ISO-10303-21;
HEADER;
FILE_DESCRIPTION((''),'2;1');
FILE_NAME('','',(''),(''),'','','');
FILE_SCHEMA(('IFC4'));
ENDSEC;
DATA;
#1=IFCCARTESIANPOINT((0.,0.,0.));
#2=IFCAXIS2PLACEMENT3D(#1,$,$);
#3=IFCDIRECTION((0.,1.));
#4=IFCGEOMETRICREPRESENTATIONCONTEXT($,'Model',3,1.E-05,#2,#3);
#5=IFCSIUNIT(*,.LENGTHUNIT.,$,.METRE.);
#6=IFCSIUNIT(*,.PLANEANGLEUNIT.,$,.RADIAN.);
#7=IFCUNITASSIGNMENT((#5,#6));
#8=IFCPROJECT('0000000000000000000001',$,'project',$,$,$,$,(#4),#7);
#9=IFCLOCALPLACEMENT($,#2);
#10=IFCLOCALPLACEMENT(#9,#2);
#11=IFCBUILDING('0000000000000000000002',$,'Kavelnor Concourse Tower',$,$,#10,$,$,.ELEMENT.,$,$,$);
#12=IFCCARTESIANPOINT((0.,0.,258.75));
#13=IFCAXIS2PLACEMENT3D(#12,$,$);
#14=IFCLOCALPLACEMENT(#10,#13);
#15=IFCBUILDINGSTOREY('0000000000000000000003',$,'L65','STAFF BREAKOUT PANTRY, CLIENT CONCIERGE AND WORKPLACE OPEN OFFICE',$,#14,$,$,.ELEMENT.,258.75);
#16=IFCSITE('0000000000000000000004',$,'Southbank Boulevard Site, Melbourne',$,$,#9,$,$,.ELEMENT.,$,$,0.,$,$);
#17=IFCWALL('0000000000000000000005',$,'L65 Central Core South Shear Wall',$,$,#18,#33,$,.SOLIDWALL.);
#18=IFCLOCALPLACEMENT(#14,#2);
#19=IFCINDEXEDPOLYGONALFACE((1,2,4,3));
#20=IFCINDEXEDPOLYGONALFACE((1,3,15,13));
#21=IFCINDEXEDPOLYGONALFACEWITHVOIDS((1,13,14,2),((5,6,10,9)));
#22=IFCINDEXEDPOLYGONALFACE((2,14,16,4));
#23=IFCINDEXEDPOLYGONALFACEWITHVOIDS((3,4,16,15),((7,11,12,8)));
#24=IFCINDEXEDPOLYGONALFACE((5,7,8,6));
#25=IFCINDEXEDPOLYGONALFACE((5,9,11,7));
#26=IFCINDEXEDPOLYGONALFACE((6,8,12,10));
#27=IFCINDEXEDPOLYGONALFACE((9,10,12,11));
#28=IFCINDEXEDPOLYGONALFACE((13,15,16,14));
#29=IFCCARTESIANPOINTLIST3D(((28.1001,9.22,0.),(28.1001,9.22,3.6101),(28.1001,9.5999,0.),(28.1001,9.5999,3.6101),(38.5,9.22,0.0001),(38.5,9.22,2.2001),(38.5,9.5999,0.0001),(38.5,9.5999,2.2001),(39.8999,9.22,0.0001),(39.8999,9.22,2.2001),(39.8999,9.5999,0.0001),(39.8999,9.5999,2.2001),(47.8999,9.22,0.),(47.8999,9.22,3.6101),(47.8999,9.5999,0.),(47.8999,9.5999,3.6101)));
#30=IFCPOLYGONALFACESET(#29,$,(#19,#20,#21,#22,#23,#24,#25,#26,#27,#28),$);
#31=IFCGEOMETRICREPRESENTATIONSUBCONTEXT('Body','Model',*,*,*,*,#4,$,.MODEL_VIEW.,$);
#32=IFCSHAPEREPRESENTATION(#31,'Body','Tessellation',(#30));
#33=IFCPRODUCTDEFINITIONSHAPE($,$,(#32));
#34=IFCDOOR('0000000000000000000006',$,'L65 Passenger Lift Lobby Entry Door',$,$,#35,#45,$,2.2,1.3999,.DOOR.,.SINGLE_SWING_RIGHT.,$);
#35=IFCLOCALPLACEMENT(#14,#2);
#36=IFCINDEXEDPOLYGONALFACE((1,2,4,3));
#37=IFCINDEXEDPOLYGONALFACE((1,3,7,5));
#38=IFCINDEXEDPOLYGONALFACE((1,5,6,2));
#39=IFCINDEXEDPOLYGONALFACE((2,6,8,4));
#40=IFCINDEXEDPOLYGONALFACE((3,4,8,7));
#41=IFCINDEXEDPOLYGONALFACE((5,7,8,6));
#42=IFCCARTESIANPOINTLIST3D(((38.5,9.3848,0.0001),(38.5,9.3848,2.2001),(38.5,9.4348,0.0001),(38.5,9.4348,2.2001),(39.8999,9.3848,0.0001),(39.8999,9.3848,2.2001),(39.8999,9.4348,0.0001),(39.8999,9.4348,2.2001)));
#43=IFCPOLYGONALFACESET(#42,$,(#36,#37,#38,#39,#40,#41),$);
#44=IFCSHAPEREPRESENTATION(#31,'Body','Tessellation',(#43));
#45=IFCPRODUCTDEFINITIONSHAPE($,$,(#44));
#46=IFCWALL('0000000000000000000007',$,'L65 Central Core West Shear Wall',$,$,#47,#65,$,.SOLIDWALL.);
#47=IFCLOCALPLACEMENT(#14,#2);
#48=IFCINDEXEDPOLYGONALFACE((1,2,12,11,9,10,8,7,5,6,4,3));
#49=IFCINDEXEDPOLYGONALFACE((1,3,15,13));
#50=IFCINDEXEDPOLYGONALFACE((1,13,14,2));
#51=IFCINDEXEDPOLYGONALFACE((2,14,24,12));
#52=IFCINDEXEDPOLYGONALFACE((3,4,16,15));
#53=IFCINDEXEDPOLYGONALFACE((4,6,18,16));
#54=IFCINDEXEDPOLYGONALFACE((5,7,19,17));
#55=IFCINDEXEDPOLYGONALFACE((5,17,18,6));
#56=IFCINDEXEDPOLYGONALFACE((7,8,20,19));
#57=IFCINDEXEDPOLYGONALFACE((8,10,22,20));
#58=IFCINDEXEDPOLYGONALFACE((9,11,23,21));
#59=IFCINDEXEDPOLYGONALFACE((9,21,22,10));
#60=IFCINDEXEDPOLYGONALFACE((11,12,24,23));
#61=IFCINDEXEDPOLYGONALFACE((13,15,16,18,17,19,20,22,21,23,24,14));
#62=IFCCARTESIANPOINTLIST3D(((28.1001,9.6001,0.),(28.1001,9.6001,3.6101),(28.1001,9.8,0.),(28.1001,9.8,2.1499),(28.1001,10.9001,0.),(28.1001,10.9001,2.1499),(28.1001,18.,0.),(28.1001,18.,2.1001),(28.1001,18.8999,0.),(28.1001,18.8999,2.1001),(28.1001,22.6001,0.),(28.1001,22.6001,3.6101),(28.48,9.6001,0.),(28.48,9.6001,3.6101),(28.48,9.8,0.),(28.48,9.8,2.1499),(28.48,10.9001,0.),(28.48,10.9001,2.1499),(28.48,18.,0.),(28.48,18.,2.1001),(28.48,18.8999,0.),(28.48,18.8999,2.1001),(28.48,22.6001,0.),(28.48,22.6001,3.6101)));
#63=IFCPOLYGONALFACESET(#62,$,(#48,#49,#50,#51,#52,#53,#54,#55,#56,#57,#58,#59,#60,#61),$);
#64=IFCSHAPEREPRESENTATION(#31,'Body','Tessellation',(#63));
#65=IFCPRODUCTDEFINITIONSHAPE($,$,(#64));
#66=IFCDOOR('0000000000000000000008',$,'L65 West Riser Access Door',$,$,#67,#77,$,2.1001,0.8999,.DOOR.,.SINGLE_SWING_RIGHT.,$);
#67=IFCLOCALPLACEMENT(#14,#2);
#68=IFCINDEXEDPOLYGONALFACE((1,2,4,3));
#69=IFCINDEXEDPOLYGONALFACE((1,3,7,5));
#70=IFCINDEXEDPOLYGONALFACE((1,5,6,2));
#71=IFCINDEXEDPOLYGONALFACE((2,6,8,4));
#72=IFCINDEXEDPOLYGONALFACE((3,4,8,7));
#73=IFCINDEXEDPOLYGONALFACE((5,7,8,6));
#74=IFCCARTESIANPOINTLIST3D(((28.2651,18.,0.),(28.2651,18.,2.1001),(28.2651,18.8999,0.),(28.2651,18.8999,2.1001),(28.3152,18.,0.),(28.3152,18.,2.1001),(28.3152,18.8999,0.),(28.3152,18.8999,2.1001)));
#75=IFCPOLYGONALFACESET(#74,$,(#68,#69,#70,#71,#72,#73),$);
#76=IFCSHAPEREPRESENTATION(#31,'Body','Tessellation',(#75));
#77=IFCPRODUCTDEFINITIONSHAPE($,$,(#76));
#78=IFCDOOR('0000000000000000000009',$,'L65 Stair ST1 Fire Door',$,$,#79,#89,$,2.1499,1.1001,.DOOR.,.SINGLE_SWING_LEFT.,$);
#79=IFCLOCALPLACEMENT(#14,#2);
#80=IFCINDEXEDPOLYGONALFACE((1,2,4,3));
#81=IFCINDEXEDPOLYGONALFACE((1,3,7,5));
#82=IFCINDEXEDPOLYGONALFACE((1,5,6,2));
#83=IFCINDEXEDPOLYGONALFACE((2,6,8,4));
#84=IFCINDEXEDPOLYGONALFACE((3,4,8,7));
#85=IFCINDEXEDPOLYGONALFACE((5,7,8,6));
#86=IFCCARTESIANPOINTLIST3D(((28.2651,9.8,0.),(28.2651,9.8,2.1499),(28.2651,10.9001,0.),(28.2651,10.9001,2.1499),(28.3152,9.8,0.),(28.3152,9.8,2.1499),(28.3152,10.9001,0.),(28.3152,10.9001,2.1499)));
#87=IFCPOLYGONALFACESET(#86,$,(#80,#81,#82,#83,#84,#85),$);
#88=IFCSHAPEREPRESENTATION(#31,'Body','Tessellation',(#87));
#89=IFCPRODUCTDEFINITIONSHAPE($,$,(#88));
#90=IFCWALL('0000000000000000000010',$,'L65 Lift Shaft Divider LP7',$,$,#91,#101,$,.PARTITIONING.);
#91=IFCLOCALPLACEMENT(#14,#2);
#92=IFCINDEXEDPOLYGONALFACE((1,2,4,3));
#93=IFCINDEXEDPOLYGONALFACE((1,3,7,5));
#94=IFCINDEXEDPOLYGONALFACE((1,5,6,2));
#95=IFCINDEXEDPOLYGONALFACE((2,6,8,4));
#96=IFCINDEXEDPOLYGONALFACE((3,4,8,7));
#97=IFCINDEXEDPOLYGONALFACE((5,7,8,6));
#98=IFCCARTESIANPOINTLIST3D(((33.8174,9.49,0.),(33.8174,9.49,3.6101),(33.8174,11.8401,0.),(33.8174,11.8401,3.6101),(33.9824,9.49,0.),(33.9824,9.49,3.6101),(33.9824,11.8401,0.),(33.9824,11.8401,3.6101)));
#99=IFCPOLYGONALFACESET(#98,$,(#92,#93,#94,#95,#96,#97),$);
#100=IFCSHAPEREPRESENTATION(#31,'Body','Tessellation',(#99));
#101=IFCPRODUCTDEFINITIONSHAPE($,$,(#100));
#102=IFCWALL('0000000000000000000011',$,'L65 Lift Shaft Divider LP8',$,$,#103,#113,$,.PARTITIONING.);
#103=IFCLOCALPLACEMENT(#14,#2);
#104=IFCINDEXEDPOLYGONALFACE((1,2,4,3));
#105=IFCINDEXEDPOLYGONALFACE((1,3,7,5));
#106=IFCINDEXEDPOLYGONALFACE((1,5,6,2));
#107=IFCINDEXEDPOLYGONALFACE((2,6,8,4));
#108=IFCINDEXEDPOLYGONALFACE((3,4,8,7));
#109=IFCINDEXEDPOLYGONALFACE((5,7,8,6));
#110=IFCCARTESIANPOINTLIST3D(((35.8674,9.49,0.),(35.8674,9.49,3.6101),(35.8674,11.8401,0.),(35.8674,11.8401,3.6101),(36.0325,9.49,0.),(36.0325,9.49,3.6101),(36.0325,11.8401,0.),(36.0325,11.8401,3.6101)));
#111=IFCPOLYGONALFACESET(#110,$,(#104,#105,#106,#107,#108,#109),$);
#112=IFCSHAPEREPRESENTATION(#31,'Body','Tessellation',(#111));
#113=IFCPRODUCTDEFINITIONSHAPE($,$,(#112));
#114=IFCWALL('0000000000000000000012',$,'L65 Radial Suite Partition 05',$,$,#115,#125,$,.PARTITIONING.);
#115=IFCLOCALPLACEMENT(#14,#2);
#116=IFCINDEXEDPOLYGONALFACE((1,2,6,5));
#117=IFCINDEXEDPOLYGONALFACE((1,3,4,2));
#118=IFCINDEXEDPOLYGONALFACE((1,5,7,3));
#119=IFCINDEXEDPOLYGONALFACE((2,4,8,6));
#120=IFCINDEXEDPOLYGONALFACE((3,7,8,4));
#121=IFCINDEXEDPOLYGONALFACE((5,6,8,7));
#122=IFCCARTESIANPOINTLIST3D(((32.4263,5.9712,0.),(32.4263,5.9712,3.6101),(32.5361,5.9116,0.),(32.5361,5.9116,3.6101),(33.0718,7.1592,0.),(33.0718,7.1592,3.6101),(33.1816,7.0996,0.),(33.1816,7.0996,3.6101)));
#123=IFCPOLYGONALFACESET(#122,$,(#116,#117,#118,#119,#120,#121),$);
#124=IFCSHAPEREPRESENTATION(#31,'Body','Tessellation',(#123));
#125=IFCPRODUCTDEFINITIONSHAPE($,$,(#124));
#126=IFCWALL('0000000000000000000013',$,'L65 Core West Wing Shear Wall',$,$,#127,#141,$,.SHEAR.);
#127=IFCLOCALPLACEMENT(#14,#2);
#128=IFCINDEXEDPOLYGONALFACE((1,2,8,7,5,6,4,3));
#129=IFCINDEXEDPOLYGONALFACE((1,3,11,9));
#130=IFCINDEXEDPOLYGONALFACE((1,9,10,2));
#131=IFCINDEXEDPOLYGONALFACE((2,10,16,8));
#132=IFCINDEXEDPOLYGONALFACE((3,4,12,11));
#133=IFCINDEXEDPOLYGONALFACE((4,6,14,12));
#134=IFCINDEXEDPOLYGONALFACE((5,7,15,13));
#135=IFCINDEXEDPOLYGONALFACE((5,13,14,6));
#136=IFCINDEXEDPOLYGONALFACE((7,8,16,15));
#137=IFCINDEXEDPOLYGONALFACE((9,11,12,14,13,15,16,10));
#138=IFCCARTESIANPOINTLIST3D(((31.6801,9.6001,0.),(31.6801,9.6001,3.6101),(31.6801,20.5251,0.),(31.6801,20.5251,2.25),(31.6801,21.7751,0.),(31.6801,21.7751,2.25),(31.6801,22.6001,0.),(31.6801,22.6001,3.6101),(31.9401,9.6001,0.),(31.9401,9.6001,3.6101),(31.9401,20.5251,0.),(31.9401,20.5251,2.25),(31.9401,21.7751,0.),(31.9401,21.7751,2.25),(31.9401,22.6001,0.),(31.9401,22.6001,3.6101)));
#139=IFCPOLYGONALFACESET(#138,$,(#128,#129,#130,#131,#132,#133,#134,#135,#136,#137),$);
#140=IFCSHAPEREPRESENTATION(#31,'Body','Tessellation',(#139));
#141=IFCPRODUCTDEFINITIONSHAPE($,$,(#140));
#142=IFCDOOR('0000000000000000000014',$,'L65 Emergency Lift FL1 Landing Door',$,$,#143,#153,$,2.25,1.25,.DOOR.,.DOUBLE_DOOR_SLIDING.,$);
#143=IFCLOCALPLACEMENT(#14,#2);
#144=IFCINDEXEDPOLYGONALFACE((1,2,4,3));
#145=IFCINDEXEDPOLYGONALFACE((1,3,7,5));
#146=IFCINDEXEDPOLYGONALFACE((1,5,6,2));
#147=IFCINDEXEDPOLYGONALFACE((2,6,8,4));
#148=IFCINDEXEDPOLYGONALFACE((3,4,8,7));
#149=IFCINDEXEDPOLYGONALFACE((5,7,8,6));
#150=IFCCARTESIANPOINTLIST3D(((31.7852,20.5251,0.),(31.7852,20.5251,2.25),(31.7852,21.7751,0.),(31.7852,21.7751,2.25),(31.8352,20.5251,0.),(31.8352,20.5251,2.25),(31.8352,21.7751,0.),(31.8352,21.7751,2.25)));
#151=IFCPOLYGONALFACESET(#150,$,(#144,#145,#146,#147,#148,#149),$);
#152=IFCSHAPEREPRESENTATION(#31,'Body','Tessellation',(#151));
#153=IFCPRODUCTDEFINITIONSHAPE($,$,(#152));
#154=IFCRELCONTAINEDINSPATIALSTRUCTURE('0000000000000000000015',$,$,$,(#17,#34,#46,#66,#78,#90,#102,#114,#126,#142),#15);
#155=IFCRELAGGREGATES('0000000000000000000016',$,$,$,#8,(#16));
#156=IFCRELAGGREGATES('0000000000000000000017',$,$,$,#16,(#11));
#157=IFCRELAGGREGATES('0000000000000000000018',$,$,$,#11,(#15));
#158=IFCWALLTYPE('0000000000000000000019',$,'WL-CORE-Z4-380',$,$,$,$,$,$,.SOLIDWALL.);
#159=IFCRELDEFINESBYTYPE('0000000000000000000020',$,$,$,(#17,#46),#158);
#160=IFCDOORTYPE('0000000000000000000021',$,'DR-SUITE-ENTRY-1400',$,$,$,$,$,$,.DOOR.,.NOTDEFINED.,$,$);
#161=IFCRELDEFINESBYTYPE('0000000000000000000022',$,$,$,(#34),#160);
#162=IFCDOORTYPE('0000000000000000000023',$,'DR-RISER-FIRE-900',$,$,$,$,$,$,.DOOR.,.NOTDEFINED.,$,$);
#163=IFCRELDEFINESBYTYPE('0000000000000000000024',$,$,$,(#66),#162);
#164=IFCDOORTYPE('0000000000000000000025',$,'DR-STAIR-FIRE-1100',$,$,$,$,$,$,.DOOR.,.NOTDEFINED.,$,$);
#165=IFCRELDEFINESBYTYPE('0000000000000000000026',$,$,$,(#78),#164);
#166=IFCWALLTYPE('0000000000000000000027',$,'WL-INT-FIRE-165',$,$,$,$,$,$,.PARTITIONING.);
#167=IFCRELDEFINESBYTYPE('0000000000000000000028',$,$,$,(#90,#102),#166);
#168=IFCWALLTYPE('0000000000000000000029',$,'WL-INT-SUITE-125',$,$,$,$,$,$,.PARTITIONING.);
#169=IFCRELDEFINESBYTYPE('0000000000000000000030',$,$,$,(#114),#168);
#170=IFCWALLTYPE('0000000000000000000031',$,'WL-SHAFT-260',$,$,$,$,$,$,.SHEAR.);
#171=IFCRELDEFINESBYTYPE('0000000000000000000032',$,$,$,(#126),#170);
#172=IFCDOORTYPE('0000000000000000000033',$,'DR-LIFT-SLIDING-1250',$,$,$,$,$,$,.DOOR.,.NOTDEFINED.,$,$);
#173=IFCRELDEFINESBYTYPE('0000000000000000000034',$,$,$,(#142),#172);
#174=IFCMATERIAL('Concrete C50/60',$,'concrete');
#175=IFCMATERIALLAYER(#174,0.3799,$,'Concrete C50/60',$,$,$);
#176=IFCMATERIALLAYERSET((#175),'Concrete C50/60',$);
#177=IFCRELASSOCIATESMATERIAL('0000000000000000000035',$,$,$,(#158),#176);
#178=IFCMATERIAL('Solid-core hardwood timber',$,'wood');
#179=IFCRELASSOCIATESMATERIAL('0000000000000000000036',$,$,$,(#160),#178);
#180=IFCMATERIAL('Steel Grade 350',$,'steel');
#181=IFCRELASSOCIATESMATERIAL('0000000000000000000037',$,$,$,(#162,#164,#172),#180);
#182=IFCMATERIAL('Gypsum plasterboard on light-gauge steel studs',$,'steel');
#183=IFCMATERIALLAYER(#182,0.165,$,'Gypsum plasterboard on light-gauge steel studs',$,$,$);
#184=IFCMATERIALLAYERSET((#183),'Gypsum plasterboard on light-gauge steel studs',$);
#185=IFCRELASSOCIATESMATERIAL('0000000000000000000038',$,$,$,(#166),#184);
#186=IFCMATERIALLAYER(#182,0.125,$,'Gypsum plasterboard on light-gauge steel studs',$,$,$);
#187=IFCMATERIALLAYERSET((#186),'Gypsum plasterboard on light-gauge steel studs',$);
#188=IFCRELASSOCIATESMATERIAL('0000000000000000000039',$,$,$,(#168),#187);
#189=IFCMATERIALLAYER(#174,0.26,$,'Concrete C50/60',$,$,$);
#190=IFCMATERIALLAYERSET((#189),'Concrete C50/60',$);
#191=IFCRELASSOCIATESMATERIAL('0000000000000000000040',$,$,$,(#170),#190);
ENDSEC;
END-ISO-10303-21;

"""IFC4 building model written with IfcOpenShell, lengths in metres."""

from ifc_helpers import new_model, si_unit, direction, frame, frame_2d, origin, place, context, subcontext, project, spatial, rectangle, extrude, material, layer, layer_set, type_object, element, fill, save


model = new_model("IFC4")

# Units and contexts
model_context = context("Model", 3, precision=1e-05, world=origin(), true_north=direction((0.0, 1.0)))
body_context = subcontext(model_context, "Body", "Model", "MODEL_VIEW")
ifc_project = project(units=[si_unit("LENGTHUNIT", "METRE"), si_unit("PLANEANGLEUNIT", "RADIAN")], contexts=[model_context])

# Site, building, storey
site_placement = place(None, origin())
site = spatial("IfcSite", under=ifc_project, at=site_placement, Name="Southbank Boulevard Site, Melbourne", CompositionType="ELEMENT", RefElevation=0.0)
building_placement = place(site_placement, origin())
building = spatial("IfcBuilding", under=site, at=building_placement, Name="Kavelnor Concourse Tower", CompositionType="ELEMENT")
storey_placement = place(building_placement, frame((0.0, 0.0, 258.75)))
storey = spatial("IfcBuildingStorey", under=building, at=storey_placement, Name="L65", Description="STAFF BREAKOUT PANTRY, CLIENT CONCIERGE AND WORKPLACE OPEN OFFICE", CompositionType="ELEMENT", Elevation=258.75)

# Shared definitions
ifc_material_1 = material(Name="Steel Grade 350", Category="steel")

# Wall, opening, door
ifc_material_2 = material(Name="Concrete C50/60", Category="concrete")
ifc_layer_1 = layer(ifc_material_2, 0.3799, Name="Concrete C50/60")
ifc_layer_set_1 = layer_set([ifc_layer_1], Name="Concrete C50/60")
wall_type_1 = type_object("IfcWallType", Name="WL-CORE-Z4-380", PredefinedType="SOLIDWALL", material=ifc_layer_set_1)
wall_1_placement = place(storey_placement, frame((28.1001, 9.4099, 0.0), z_axis=(0.0, 0.0, 1.0), x_axis=(1.0, 0.0, 0.0)))
wall_1 = element("IfcWall", 1, at=wall_1_placement, inside=storey, type_object=wall_type_1, Name="L65 Central Core South Shear Wall", PredefinedType="SOLIDWALL", context=body_context, shape_type="SweptSolid", body=[
    extrude(rectangle(XDim=19.7998, YDim=0.3799, at=frame_2d((9.8999, 0.0))), origin(), (0.0, 0.0, 1.0), 3.6101),
])
opening_1_placement = place(wall_1_placement, frame((10.3999, 0.0, 0.0)))
opening_1 = element("IfcOpeningElement", 2, at=opening_1_placement, cuts=wall_1, PredefinedType="OPENING", context=body_context, shape_type="SweptSolid", body=[
    extrude(rectangle(XDim=1.3999, YDim=2.2, at=frame_2d((0.7, 1.1001))), frame((0.0, 0.2, 0.0), z_axis=(0.0, -1.0, 0.0), x_axis=(1.0, 0.0, 0.0)), (0.0, 0.0, 1.0), 0.3999),
])
ifc_material_3 = material(Name="Solid-core hardwood timber", Category="wood")
door_type_1 = type_object("IfcDoorType", Name="DR-SUITE-ENTRY-1400", OperationType="NOTDEFINED", PredefinedType="DOOR", material=ifc_material_3)
door_1_placement = place(opening_1_placement, origin())
door_1 = element("IfcDoor", 3, at=door_1_placement, inside=storey, type_object=door_type_1, Name="L65 Passenger Lift Lobby Entry Door", OperationType="SINGLE_SWING_RIGHT", OverallHeight=2.2, OverallWidth=1.3999, PredefinedType="DOOR", context=body_context, shape_type="SweptSolid", body=[
    extrude(rectangle(XDim=1.3999, YDim=2.2, at=frame_2d((0.7, 1.1001))), frame((0.0, 0.0249, 0.0), z_axis=(0.0, -1.0, 0.0), x_axis=(1.0, 0.0, 0.0)), (0.0, 0.0, 1.0), 0.05),
])
fill(opening_1, door_1)

# Wall, openings, doors
wall_2_placement = place(storey_placement, frame((28.29, 9.6001, 0.0), z_axis=(0.0, 0.0, 1.0), x_axis=(0.0, 1.0, 0.0)))
wall_2 = element("IfcWall", 4, at=wall_2_placement, inside=storey, type_object=wall_type_1, Name="L65 Central Core West Shear Wall", PredefinedType="SOLIDWALL", context=body_context, shape_type="SweptSolid", body=[
    extrude(rectangle(XDim=13.0, YDim=0.3799, at=frame_2d((6.5, 0.0))), origin(), (0.0, 0.0, 1.0), 3.6101),
])
opening_2_placement = place(wall_2_placement, frame((0.2, 0.0, 0.0)))
opening_2 = element("IfcOpeningElement", 5, at=opening_2_placement, cuts=wall_2, PredefinedType="OPENING", context=body_context, shape_type="SweptSolid", body=[
    extrude(rectangle(XDim=1.1001, YDim=2.1499, at=frame_2d((0.55, 1.075))), frame((0.0, 0.2, 0.0), z_axis=(0.0, -1.0, 0.0), x_axis=(1.0, 0.0, 0.0)), (0.0, 0.0, 1.0), 0.3999),
])
opening_3_placement = place(wall_2_placement, frame((8.3999, 0.0, 0.0)))
opening_3 = element("IfcOpeningElement", 6, at=opening_3_placement, cuts=wall_2, PredefinedType="OPENING", context=body_context, shape_type="SweptSolid", body=[
    extrude(rectangle(XDim=0.8999, YDim=2.1001, at=frame_2d((0.45, 1.05))), frame((0.0, 0.2, 0.0), z_axis=(0.0, -1.0, 0.0), x_axis=(1.0, 0.0, 0.0)), (0.0, 0.0, 1.0), 0.3999),
])
door_type_2 = type_object("IfcDoorType", Name="DR-RISER-FIRE-900", OperationType="NOTDEFINED", PredefinedType="DOOR", material=ifc_material_1)
door_2_placement = place(opening_3_placement, origin())
door_2 = element("IfcDoor", 7, at=door_2_placement, inside=storey, type_object=door_type_2, Name="L65 West Riser Access Door", OperationType="SINGLE_SWING_RIGHT", OverallHeight=2.1001, OverallWidth=0.8999, PredefinedType="DOOR", context=body_context, shape_type="SweptSolid", body=[
    extrude(rectangle(XDim=0.8999, YDim=2.1001, at=frame_2d((0.45, 1.05))), frame((0.0, 0.0249, 0.0), z_axis=(0.0, -1.0, 0.0), x_axis=(1.0, 0.0, 0.0)), (0.0, 0.0, 1.0), 0.05),
])
fill(opening_3, door_2)
door_type_3 = type_object("IfcDoorType", Name="DR-STAIR-FIRE-1100", OperationType="NOTDEFINED", PredefinedType="DOOR", material=ifc_material_1)
door_3_placement = place(opening_2_placement, origin())
door_3 = element("IfcDoor", 8, at=door_3_placement, inside=storey, type_object=door_type_3, Name="L65 Stair ST1 Fire Door", OperationType="SINGLE_SWING_LEFT", OverallHeight=2.1499, OverallWidth=1.1001, PredefinedType="DOOR", context=body_context, shape_type="SweptSolid", body=[
    extrude(rectangle(XDim=1.1001, YDim=2.1499, at=frame_2d((0.55, 1.075))), frame((0.0, 0.0249, 0.0), z_axis=(0.0, -1.0, 0.0), x_axis=(1.0, 0.0, 0.0)), (0.0, 0.0, 1.0), 0.05),
])
fill(opening_2, door_3)

# Walls
ifc_material_4 = material(Name="Gypsum plasterboard on light-gauge steel studs", Category="steel")
ifc_layer_2 = layer(ifc_material_4, 0.165, Name="Gypsum plasterboard on light-gauge steel studs")
ifc_layer_set_2 = layer_set([ifc_layer_2], Name="Gypsum plasterboard on light-gauge steel studs")
wall_type_2 = type_object("IfcWallType", Name="WL-INT-FIRE-165", PredefinedType="PARTITIONING", material=ifc_layer_set_2)
for number, where, z_axis, x_axis, name in (
    (9, (33.8999, 9.49, 0.0), (0.0, 0.0, 1.0), (0.0, 1.0, 0.0), "L65 Lift Shaft Divider LP7"),
    (10, (35.95, 9.49, 0.0), (0.0, 0.0, 1.0), (0.0, 1.0, 0.0), "L65 Lift Shaft Divider LP8"),
):
    element("IfcWall", number, at=place(storey_placement, frame(where, z_axis=z_axis, x_axis=x_axis)), inside=storey, type_object=wall_type_2, Name=name, PredefinedType="PARTITIONING", context=body_context, shape_type="SweptSolid", body=[
        extrude(rectangle(XDim=2.3501, YDim=0.165, at=frame_2d((1.175, 0.0))), origin(), (0.0, 0.0, 1.0), 3.6101),
    ])
ifc_layer_3 = layer(ifc_material_4, 0.125, Name="Gypsum plasterboard on light-gauge steel studs")
ifc_layer_set_3 = layer_set([ifc_layer_3], Name="Gypsum plasterboard on light-gauge steel studs")
wall_type_3 = type_object("IfcWallType", Name="WL-INT-SUITE-125", PredefinedType="PARTITIONING", material=ifc_layer_set_3)
wall_3_placement = place(storey_placement, frame((33.1267, 7.1294, 0.0), z_axis=(0.0, 0.0, 1.0), x_axis=(-0.477435, -0.878667, 0.0)))
element("IfcWall", 11, at=wall_3_placement, inside=storey, type_object=wall_type_3, Name="L65 Radial Suite Partition 05", PredefinedType="PARTITIONING", context=body_context, shape_type="SweptSolid", body=[
    extrude(rectangle(XDim=1.3521, YDim=0.125, at=frame_2d((0.676, 0.0))), origin(), (0.0, 0.0, 1.0), 3.6101),
])

# Wall, opening, door
ifc_layer_4 = layer(ifc_material_2, 0.26, Name="Concrete C50/60")
ifc_layer_set_4 = layer_set([ifc_layer_4], Name="Concrete C50/60")
wall_type_4 = type_object("IfcWallType", Name="WL-SHAFT-260", PredefinedType="SHEAR", material=ifc_layer_set_4)
wall_4_placement = place(storey_placement, frame((31.8101, 9.6001, 0.0), z_axis=(0.0, 0.0, 1.0), x_axis=(0.0, 1.0, 0.0)))
wall_4 = element("IfcWall", 12, at=wall_4_placement, inside=storey, type_object=wall_type_4, Name="L65 Core West Wing Shear Wall", PredefinedType="SHEAR", context=body_context, shape_type="SweptSolid", body=[
    extrude(rectangle(XDim=13.0, YDim=0.26, at=frame_2d((6.5, 0.0))), origin(), (0.0, 0.0, 1.0), 3.6101),
])
opening_4_placement = place(wall_4_placement, frame((10.925, 0.0, 0.0)))
opening_4 = element("IfcOpeningElement", 13, at=opening_4_placement, cuts=wall_4, PredefinedType="OPENING", context=body_context, shape_type="SweptSolid", body=[
    extrude(rectangle(XDim=1.25, YDim=2.25, at=frame_2d((0.625, 1.125))), frame((0.0, 0.1401, 0.0), z_axis=(0.0, -1.0, 0.0), x_axis=(1.0, 0.0, 0.0)), (0.0, 0.0, 1.0), 0.28),
])
door_type_4 = type_object("IfcDoorType", Name="DR-LIFT-SLIDING-1250", OperationType="NOTDEFINED", PredefinedType="DOOR", material=ifc_material_1)
door_4_placement = place(opening_4_placement, origin())
door_4 = element("IfcDoor", 14, at=door_4_placement, inside=storey, type_object=door_type_4, Name="L65 Emergency Lift FL1 Landing Door", OperationType="DOUBLE_DOOR_SLIDING", OverallHeight=2.25, OverallWidth=1.25, PredefinedType="DOOR", context=body_context, shape_type="SweptSolid", body=[
    extrude(rectangle(XDim=1.25, YDim=2.25, at=frame_2d((0.625, 1.125))), frame((0.0, 0.0249, 0.0), z_axis=(0.0, -1.0, 0.0), x_axis=(1.0, 0.0, 0.0)), (0.0, 0.0, 1.0), 0.05),
])
fill(opening_4, door_4)

save(model, "model.ifc")
